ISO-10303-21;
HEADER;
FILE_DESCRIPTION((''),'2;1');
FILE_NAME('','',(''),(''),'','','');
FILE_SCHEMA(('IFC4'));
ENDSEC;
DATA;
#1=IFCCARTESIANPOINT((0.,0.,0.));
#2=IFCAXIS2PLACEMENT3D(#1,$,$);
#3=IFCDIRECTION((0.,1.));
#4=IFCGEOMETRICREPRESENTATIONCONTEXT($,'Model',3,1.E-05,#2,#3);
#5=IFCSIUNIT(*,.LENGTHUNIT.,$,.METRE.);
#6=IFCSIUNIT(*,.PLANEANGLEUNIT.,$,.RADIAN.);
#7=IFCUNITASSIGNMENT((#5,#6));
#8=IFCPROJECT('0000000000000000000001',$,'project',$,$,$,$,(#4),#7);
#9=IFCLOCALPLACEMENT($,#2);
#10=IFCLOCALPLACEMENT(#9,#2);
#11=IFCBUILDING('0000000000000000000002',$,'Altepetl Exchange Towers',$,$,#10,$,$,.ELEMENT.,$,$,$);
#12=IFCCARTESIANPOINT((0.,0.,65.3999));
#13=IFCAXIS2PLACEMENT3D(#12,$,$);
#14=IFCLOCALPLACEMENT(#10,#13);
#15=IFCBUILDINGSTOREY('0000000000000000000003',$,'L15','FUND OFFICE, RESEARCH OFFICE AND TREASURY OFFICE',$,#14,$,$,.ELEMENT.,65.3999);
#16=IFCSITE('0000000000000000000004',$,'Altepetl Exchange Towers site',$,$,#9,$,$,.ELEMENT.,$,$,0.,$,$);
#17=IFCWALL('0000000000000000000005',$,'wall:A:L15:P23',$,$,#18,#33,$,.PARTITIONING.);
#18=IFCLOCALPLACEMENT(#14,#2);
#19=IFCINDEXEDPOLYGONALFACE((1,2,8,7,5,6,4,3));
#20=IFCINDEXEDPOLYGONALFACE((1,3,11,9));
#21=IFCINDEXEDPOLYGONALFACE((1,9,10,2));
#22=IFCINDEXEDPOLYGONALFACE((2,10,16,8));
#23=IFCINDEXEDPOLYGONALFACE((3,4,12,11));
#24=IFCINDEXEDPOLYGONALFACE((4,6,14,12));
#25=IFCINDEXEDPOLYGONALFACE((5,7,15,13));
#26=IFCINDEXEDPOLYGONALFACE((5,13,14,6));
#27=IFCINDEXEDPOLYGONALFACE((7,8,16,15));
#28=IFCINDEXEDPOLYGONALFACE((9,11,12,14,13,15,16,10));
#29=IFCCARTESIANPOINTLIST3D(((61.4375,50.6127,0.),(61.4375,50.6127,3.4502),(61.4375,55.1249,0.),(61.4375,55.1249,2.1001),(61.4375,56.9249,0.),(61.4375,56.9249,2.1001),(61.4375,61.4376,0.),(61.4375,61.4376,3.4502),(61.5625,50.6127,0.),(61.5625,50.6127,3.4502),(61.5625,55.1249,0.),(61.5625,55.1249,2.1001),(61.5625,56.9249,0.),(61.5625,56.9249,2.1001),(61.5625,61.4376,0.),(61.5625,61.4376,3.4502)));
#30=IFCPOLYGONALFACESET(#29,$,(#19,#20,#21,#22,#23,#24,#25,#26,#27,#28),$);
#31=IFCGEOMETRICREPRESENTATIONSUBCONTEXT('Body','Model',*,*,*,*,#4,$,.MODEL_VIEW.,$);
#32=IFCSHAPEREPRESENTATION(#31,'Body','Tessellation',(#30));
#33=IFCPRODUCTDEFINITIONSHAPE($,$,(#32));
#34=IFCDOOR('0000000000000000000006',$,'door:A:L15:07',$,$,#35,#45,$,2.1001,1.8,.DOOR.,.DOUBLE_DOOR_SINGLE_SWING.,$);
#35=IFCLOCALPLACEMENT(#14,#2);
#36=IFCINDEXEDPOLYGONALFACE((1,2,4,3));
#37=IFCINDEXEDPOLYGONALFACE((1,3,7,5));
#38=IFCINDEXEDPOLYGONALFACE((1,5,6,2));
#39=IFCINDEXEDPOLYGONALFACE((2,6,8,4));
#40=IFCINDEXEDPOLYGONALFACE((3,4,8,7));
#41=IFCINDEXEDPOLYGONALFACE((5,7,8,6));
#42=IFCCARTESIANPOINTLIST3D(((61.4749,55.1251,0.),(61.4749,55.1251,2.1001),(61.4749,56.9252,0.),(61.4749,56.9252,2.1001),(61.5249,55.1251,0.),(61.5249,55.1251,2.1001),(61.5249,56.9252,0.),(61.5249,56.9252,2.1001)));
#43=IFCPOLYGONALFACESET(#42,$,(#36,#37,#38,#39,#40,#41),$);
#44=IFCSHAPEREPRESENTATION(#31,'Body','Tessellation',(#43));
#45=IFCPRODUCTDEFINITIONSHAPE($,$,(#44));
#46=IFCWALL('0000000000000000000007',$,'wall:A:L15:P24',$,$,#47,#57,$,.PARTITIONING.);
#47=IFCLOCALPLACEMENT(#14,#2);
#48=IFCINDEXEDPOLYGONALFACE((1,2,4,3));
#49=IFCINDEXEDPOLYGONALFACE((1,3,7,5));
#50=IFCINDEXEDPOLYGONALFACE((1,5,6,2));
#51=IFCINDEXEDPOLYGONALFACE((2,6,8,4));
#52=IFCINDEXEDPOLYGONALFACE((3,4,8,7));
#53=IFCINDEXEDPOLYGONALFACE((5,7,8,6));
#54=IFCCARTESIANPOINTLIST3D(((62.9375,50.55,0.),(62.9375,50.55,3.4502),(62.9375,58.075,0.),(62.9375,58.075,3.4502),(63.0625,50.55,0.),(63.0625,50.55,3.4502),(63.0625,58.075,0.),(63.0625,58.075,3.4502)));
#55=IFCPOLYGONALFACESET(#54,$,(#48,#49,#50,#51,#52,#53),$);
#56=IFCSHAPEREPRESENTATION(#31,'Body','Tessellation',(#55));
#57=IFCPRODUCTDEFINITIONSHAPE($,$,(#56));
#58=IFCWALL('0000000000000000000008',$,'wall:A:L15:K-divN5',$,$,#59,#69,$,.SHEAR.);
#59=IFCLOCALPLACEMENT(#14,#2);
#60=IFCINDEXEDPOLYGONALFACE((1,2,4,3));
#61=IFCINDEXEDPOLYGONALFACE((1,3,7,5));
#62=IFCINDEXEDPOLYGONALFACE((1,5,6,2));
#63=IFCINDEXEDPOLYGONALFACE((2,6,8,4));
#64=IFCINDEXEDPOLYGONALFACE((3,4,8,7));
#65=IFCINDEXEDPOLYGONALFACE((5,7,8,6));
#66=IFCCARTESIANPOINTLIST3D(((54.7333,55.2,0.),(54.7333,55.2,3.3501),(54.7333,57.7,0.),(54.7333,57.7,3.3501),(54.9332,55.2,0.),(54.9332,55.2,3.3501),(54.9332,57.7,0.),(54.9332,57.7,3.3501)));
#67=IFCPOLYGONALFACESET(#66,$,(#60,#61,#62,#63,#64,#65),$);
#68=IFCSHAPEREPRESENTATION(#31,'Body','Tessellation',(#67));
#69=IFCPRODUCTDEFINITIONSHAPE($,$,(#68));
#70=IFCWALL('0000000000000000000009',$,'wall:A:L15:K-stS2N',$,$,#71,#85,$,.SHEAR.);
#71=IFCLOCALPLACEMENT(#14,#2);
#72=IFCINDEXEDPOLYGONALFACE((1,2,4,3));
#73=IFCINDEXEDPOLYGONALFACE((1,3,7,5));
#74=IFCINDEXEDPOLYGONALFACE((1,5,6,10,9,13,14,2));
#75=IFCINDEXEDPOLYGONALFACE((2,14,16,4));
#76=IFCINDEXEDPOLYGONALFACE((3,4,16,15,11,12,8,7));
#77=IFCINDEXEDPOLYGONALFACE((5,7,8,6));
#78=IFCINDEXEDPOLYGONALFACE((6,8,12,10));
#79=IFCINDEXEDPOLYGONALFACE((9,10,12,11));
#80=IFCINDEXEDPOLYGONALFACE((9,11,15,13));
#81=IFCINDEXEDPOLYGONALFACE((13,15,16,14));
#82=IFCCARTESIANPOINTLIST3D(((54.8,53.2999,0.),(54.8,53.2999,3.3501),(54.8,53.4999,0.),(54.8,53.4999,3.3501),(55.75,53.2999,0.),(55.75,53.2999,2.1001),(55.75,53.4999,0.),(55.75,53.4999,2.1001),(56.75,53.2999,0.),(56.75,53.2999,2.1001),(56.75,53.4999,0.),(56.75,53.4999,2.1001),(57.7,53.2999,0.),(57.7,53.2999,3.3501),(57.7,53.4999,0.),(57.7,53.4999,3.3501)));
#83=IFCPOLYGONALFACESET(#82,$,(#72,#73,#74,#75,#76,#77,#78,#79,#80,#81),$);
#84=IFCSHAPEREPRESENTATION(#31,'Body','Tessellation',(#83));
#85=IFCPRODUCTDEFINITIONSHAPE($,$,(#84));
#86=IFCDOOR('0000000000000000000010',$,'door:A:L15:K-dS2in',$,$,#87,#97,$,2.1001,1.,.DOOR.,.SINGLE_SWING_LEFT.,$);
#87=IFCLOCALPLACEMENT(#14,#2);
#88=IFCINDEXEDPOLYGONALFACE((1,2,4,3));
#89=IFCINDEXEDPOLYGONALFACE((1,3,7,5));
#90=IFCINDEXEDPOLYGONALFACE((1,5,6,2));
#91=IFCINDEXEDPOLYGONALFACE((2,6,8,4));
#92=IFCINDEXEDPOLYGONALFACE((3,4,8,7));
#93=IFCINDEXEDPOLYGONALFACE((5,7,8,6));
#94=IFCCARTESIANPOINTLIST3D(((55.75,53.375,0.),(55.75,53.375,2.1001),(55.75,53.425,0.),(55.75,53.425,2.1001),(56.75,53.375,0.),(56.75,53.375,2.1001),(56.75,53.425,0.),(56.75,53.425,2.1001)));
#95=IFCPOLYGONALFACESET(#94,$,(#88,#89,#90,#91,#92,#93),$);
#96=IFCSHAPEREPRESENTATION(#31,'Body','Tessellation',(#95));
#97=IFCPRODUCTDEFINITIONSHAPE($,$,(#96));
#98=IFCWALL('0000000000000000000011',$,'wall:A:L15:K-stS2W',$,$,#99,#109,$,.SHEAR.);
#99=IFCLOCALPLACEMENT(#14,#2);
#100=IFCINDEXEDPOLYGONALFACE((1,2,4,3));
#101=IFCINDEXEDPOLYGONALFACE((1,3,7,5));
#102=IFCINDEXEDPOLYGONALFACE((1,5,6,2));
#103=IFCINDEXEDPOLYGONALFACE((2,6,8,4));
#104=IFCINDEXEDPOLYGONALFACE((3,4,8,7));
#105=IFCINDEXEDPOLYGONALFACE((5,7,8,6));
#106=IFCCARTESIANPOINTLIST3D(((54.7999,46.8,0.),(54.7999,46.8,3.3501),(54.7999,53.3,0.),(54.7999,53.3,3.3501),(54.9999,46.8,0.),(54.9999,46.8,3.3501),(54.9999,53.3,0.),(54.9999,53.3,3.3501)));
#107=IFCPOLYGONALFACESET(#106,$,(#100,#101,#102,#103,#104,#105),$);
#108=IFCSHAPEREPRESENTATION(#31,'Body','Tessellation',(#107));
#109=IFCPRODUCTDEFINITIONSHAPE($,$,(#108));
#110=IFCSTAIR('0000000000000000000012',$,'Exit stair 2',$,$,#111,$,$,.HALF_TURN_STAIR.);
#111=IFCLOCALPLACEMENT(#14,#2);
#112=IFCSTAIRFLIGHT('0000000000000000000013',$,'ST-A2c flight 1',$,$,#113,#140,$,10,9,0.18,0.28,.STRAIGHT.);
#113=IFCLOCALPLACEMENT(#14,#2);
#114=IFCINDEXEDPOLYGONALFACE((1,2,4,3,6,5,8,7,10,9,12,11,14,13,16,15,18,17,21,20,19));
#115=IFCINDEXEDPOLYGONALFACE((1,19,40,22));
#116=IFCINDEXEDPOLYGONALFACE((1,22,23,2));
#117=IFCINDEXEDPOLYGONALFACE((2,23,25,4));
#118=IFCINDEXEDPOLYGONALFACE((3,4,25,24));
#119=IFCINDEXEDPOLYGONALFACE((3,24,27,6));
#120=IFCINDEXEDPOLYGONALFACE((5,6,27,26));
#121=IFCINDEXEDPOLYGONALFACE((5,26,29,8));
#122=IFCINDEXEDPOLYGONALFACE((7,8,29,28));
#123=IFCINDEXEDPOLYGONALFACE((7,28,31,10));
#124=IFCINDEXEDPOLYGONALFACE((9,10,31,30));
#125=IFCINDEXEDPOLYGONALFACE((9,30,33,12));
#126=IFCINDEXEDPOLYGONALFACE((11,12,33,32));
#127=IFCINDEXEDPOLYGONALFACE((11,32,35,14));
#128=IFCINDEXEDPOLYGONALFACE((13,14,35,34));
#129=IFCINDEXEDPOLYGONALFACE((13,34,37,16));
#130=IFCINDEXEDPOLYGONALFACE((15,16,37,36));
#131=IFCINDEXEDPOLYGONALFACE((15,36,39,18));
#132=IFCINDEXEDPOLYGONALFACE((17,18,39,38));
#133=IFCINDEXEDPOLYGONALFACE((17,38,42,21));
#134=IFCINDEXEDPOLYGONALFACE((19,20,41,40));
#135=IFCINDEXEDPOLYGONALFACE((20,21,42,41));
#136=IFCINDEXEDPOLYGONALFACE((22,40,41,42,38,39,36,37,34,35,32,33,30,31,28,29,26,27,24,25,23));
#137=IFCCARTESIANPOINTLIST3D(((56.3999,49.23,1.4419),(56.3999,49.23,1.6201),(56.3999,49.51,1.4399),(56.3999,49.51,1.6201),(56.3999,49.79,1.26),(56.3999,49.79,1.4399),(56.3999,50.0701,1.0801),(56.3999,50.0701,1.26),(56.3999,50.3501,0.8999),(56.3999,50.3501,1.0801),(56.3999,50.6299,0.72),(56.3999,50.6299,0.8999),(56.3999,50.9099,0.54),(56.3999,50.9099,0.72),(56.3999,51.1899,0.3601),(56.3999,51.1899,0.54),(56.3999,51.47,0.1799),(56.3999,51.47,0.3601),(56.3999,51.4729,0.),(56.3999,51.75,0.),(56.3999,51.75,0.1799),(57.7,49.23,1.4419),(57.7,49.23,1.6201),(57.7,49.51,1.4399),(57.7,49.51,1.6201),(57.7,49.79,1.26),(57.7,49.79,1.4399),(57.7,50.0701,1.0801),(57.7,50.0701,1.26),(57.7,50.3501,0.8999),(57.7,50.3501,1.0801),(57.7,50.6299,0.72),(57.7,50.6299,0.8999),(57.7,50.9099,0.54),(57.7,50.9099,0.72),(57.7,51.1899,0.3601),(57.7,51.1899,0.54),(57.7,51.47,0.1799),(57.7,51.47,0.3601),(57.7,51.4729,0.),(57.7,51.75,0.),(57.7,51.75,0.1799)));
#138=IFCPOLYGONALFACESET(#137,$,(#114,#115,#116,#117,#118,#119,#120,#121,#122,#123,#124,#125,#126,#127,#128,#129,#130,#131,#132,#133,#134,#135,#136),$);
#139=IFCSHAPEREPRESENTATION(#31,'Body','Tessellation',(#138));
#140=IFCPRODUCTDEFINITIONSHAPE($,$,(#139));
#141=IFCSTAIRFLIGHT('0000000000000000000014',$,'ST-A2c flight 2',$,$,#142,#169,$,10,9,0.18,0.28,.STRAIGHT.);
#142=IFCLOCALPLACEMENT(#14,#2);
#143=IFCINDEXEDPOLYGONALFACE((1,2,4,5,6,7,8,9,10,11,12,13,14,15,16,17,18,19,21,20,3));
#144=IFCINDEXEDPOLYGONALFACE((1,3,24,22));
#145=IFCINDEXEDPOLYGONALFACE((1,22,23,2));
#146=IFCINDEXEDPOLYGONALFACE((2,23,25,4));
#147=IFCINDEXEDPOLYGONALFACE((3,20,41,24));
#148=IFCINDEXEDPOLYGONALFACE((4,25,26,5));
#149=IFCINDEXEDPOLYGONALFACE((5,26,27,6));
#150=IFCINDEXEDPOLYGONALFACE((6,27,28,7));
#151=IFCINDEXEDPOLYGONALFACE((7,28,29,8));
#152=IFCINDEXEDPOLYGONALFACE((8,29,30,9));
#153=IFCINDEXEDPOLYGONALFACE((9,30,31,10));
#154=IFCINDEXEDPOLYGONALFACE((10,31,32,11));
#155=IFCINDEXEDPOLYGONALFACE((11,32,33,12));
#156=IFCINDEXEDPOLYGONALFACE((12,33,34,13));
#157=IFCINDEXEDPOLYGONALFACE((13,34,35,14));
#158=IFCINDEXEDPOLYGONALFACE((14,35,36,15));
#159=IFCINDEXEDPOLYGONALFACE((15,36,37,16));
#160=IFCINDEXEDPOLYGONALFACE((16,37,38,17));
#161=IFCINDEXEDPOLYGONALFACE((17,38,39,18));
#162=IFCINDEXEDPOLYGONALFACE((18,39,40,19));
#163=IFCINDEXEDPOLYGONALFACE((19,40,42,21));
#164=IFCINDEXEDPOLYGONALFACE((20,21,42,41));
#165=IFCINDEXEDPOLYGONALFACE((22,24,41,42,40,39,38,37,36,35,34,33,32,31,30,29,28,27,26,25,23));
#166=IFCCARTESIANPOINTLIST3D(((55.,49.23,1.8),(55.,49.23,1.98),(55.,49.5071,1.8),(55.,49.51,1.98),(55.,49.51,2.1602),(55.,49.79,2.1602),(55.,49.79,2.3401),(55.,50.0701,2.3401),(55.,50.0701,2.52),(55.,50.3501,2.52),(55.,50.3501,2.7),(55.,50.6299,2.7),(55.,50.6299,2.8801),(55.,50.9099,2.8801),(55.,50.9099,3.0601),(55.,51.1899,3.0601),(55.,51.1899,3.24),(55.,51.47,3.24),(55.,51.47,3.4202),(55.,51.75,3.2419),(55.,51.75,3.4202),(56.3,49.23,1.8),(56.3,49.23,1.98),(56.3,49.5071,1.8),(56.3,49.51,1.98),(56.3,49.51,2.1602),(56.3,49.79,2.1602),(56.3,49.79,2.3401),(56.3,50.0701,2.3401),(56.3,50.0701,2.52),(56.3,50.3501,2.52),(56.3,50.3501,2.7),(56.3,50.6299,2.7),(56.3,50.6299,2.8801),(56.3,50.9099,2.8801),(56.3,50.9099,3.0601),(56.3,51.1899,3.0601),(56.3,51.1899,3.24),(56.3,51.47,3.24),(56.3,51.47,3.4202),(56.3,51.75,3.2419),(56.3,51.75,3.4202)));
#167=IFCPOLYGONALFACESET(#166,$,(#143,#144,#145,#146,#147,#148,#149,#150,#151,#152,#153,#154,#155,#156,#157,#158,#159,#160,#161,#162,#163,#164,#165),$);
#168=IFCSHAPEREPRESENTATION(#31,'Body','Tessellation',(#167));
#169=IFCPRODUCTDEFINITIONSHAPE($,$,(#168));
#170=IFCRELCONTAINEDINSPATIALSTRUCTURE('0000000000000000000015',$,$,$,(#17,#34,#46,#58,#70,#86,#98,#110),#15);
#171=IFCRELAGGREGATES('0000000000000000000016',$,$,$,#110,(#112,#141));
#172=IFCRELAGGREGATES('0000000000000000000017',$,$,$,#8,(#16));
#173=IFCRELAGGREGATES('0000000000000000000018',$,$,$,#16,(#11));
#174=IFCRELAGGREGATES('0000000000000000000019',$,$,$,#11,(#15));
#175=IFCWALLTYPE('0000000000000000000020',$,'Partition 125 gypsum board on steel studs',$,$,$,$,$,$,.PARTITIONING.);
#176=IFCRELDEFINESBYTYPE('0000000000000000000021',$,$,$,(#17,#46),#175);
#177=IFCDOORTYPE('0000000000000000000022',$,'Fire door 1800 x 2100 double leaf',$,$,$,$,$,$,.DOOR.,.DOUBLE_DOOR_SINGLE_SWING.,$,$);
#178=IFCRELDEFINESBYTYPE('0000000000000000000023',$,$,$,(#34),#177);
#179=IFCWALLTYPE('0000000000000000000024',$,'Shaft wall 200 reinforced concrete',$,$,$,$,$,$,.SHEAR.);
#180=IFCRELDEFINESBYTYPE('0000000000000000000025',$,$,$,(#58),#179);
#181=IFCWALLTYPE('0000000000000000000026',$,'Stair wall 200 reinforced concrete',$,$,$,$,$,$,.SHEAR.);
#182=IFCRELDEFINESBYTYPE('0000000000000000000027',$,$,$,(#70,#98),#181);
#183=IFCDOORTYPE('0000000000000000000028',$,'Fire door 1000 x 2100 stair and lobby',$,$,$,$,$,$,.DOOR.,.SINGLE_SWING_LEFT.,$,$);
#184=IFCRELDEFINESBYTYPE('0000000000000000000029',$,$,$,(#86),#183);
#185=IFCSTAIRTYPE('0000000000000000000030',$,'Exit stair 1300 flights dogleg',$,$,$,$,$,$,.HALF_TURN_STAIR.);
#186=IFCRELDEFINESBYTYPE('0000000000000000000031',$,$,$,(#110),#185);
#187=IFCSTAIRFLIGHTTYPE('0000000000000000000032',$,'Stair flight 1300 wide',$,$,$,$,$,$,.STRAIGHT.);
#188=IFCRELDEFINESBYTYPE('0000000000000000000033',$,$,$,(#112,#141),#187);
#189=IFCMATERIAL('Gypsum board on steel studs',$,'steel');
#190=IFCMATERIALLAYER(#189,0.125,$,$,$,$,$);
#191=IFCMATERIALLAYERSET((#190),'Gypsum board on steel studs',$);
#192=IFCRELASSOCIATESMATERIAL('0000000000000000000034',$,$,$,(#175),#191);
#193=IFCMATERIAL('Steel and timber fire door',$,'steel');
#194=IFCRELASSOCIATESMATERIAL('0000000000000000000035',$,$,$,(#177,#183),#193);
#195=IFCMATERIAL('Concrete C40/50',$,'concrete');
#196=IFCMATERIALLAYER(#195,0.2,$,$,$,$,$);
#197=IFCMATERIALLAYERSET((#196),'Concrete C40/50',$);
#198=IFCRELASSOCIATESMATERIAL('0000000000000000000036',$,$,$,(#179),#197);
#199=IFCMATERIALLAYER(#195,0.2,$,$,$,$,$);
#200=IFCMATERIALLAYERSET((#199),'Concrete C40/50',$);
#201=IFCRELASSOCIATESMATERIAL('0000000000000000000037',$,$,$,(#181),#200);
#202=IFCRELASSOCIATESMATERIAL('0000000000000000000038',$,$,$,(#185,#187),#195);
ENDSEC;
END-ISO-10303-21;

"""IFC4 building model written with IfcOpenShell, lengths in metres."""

from ifc_helpers import new_model, si_unit, direction, frame, frame_2d, origin, place, context, subcontext, project, spatial, polyline, rectangle, outline, extrude, material, layer, layer_set, type_object, element, fill, aggregate, save


model = new_model("IFC4")

# Units and contexts
model_context = context("Model", 3, precision=1e-05, world=origin(), true_north=direction((0.0, 1.0)))
body_context = subcontext(model_context, "Body", "Model", "MODEL_VIEW")
ifc_project = project(units=[si_unit("LENGTHUNIT", "METRE"), si_unit("PLANEANGLEUNIT", "RADIAN")], contexts=[model_context])

# Site, building, storey
site_placement = place(None, origin())
site = spatial("IfcSite", under=ifc_project, at=site_placement, Name="Altepetl Exchange Towers site", CompositionType="ELEMENT", RefElevation=0.0)
building_placement = place(site_placement, origin())
building = spatial("IfcBuilding", under=site, at=building_placement, Name="Altepetl Exchange Towers", CompositionType="ELEMENT")
storey_placement = place(building_placement, frame((0.0, 0.0, 65.3999)))
storey = spatial("IfcBuildingStorey", under=building, at=storey_placement, Name="L15", Description="FUND OFFICE, RESEARCH OFFICE AND TREASURY OFFICE", CompositionType="ELEMENT", Elevation=65.3999)

# Wall, opening, door
ifc_material_1 = material(Name="Gypsum board on steel studs", Category="steel")
ifc_layer_1 = layer(ifc_material_1, 0.125)
ifc_layer_set_1 = layer_set([ifc_layer_1], Name="Gypsum board on steel studs")
wall_type_1 = type_object("IfcWallType", Name="Partition 125 gypsum board on steel studs", PredefinedType="PARTITIONING", material=ifc_layer_set_1)
ifc_material_2 = material(Name="Steel and timber fire door", Category="steel")
door_type_1 = type_object("IfcDoorType", Name="Fire door 1800 x 2100 double leaf", OperationType="DOUBLE_DOOR_SINGLE_SWING", PredefinedType="DOOR", material=ifc_material_2)
wall_1_placement = place(storey_placement, frame((61.5, 50.6125, 0.0), z_axis=(0.0, 0.0, 1.0), x_axis=(0.0, 1.0, 0.0)))
wall_1 = element("IfcWall", 1, at=wall_1_placement, inside=storey, type_object=wall_type_1, Name="wall:A:L15:P23", PredefinedType="PARTITIONING", context=body_context, shape_type="SweptSolid", body=[
    extrude(rectangle(XDim=10.825, YDim=0.125, at=frame_2d((5.4126, 0.0))), origin(), (0.0, 0.0, 1.0), 3.4502),
])
opening_1_placement = place(wall_1_placement, frame((4.5125, 0.0, 0.0)))
opening_1 = element("IfcOpeningElement", 2, at=opening_1_placement, cuts=wall_1, PredefinedType="OPENING", context=body_context, shape_type="SweptSolid", body=[
    extrude(rectangle(XDim=1.8, YDim=2.1001, at=frame_2d((0.8999, 1.05))), frame((0.0, 0.0725, 0.0), z_axis=(0.0, -1.0, 0.0), x_axis=(1.0, 0.0, 0.0)), (0.0, 0.0, 1.0), 0.145),
])
door_1_placement = place(opening_1_placement, frame((1.8, 0.0, 0.0), x_axis=(-1.0, 0.0, 0.0)))
door_1 = element("IfcDoor", 3, at=door_1_placement, inside=storey, type_object=door_type_1, Name="door:A:L15:07", OperationType="DOUBLE_DOOR_SINGLE_SWING", OverallHeight=2.1001, OverallWidth=1.8, PredefinedType="DOOR", context=body_context, shape_type="SweptSolid", body=[
    extrude(rectangle(XDim=1.8, YDim=2.1001, at=frame_2d((0.8999, 1.05))), frame((0.0, 0.0249, 0.0), z_axis=(0.0, -1.0, 0.0), x_axis=(1.0, 0.0, 0.0)), (0.0, 0.0, 1.0), 0.05),
])
fill(opening_1, door_1)

# Walls
wall_2_placement = place(storey_placement, frame((63.0, 50.55, 0.0), z_axis=(0.0, 0.0, 1.0), x_axis=(0.0, 1.0, 0.0)))
element("IfcWall", 4, at=wall_2_placement, inside=storey, type_object=wall_type_1, Name="wall:A:L15:P24", PredefinedType="PARTITIONING", context=body_context, shape_type="SweptSolid", body=[
    extrude(rectangle(XDim=7.5249, YDim=0.125, at=frame_2d((3.7625, 0.0))), origin(), (0.0, 0.0, 1.0), 3.4502),
])
ifc_material_3 = material(Name="Concrete C40/50", Category="concrete")
ifc_layer_2 = layer(ifc_material_3, 0.2)
ifc_layer_set_2 = layer_set([ifc_layer_2], Name="Concrete C40/50")
wall_type_2 = type_object("IfcWallType", Name="Shaft wall 200 reinforced concrete", PredefinedType="SHEAR", material=ifc_layer_set_2)
wall_3_placement = place(storey_placement, frame((54.8333, 57.7, 0.0), z_axis=(0.0, 0.0, 1.0), x_axis=(0.0, -1.0, 0.0)))
element("IfcWall", 5, at=wall_3_placement, inside=storey, type_object=wall_type_2, Name="wall:A:L15:K-divN5", PredefinedType="SHEAR", context=body_context, shape_type="SweptSolid", body=[
    extrude(rectangle(XDim=2.5, YDim=0.2, at=frame_2d((1.25, 0.0))), origin(), (0.0, 0.0, 1.0), 3.3501),
])

# Wall, opening, door
ifc_layer_3 = layer(ifc_material_3, 0.2)
ifc_layer_set_3 = layer_set([ifc_layer_3], Name="Concrete C40/50")
wall_type_3 = type_object("IfcWallType", Name="Stair wall 200 reinforced concrete", PredefinedType="SHEAR", material=ifc_layer_set_3)
wall_4_placement = place(storey_placement, frame((54.8, 53.3999, 0.0)))
wall_4 = element("IfcWall", 6, at=wall_4_placement, inside=storey, type_object=wall_type_3, Name="wall:A:L15:K-stS2N", PredefinedType="SHEAR", context=body_context, shape_type="SweptSolid", body=[
    extrude(rectangle(XDim=2.8999, YDim=0.2, at=frame_2d((1.45, 0.0))), origin(), (0.0, 0.0, 1.0), 3.3501),
])
opening_2_placement = place(wall_4_placement, frame((0.95, 0.0, 0.0)))
opening_2 = element("IfcOpeningElement", 7, at=opening_2_placement, cuts=wall_4, PredefinedType="OPENING", context=body_context, shape_type="SweptSolid", body=[
    extrude(rectangle(XDim=1.0, YDim=2.1001, at=frame_2d((0.5, 1.05))), frame((0.0, 0.1099, 0.0), z_axis=(0.0, -1.0, 0.0), x_axis=(1.0, 0.0, 0.0)), (0.0, 0.0, 1.0), 0.22),
])
door_type_2 = type_object("IfcDoorType", Name="Fire door 1000 x 2100 stair and lobby", OperationType="SINGLE_SWING_LEFT", PredefinedType="DOOR", material=ifc_material_2)
door_2_placement = place(opening_2_placement, frame((1.0, 0.0, 0.0), x_axis=(-1.0, 0.0, 0.0)))
door_2 = element("IfcDoor", 8, at=door_2_placement, inside=storey, type_object=door_type_2, Name="door:A:L15:K-dS2in", OperationType="SINGLE_SWING_LEFT", OverallHeight=2.1001, OverallWidth=1.0, PredefinedType="DOOR", context=body_context, shape_type="SweptSolid", body=[
    extrude(rectangle(XDim=1.0, YDim=2.1001, at=frame_2d((0.5, 1.05))), frame((0.0, 0.0249, 0.0), z_axis=(0.0, -1.0, 0.0), x_axis=(1.0, 0.0, 0.0)), (0.0, 0.0, 1.0), 0.05),
])
fill(opening_2, door_2)

# Wall
wall_5_placement = place(storey_placement, frame((54.8999, 46.8, 0.0), z_axis=(0.0, 0.0, 1.0), x_axis=(0.0, 1.0, 0.0)))
element("IfcWall", 9, at=wall_5_placement, inside=storey, type_object=wall_type_3, Name="wall:A:L15:K-stS2W", PredefinedType="SHEAR", context=body_context, shape_type="SweptSolid", body=[
    extrude(rectangle(XDim=6.5, YDim=0.2, at=frame_2d((3.25, 0.0))), origin(), (0.0, 0.0, 1.0), 3.3501),
])

# Stair, stair flights
stair_type = type_object("IfcStairType", Name="Exit stair 1300 flights dogleg", PredefinedType="HALF_TURN_STAIR", material=ifc_material_3)
stair_placement = place(storey_placement, origin())
stair = element("IfcStair", 10, at=stair_placement, inside=storey, type_object=stair_type, Name="Exit stair 2", PredefinedType="HALF_TURN_STAIR")
stair_flight_type = type_object("IfcStairFlightType", Name="Stair flight 1300 wide", PredefinedType="STRAIGHT", material=ifc_material_3)
stair_flight_1_placement = place(storey_placement, frame((57.05, 51.75, 0.0), z_axis=(0.0, 0.0, 1.0), x_axis=(0.0, -1.0, 0.0)))
stair_flight_1 = element("IfcStairFlight", 11, at=stair_flight_1_placement, type_object=stair_flight_type, Name="ST-A2c flight 1", NumberOfRisers=10, NumberOfTreads=9, PredefinedType="STRAIGHT", RiserHeight=0.18, TreadLength=0.28, context=body_context, shape_type="SweptSolid", body=[
    extrude(outline(polyline([(0.0, 0.0), (0.0, 0.1799), (0.28, 0.1799), (0.28, 0.3601), (0.5601, 0.3601), (0.5601, 0.54), (0.8401, 0.54), (0.8401, 0.72), (1.1201, 0.72), (1.1201, 0.8999), (1.3999, 0.8999), (1.3999, 1.0801), (1.6799, 1.0801), (1.6799, 1.26), (1.96, 1.26), (1.96, 1.4399), (2.24, 1.4399), (2.24, 1.6201), (2.52, 1.6201), (2.52, 1.8), (2.52, 1.4419), (0.2771, 0.0), (0.0, 0.0)])), frame((0.0, 0.6499, 0.0), z_axis=(0.0, -1.0, 0.0), x_axis=(1.0, 0.0, 0.0)), (0.0, 0.0, 1.0), 1.3),
])
stair_flight_2_placement = place(storey_placement, frame((55.6499, 49.23, 1.8), z_axis=(0.0, 0.0, 1.0), x_axis=(0.0, 1.0, 0.0)))
stair_flight_2 = element("IfcStairFlight", 12, at=stair_flight_2_placement, type_object=stair_flight_type, Name="ST-A2c flight 2", NumberOfRisers=10, NumberOfTreads=9, PredefinedType="STRAIGHT", RiserHeight=0.18, TreadLength=0.28, context=body_context, shape_type="SweptSolid", body=[
    extrude(outline(polyline([(0.0, 0.0), (0.0, 0.1799), (0.28, 0.1799), (0.28, 0.3601), (0.5601, 0.3601), (0.5601, 0.54), (0.8401, 0.54), (0.8401, 0.72), (1.1201, 0.72), (1.1201, 0.8999), (1.3999, 0.8999), (1.3999, 1.0801), (1.6799, 1.0801), (1.6799, 1.26), (1.96, 1.26), (1.96, 1.4399), (2.24, 1.4399), (2.24, 1.6201), (2.52, 1.6201), (2.52, 1.8), (2.52, 1.4419), (0.2771, 0.0), (0.0, 0.0)])), frame((0.0, 0.6499, 0.0), z_axis=(0.0, -1.0, 0.0), x_axis=(1.0, 0.0, 0.0)), (0.0, 0.0, 1.0), 1.3),
])
aggregate(stair, [stair_flight_1, stair_flight_2])

save(model, "model.ifc")
